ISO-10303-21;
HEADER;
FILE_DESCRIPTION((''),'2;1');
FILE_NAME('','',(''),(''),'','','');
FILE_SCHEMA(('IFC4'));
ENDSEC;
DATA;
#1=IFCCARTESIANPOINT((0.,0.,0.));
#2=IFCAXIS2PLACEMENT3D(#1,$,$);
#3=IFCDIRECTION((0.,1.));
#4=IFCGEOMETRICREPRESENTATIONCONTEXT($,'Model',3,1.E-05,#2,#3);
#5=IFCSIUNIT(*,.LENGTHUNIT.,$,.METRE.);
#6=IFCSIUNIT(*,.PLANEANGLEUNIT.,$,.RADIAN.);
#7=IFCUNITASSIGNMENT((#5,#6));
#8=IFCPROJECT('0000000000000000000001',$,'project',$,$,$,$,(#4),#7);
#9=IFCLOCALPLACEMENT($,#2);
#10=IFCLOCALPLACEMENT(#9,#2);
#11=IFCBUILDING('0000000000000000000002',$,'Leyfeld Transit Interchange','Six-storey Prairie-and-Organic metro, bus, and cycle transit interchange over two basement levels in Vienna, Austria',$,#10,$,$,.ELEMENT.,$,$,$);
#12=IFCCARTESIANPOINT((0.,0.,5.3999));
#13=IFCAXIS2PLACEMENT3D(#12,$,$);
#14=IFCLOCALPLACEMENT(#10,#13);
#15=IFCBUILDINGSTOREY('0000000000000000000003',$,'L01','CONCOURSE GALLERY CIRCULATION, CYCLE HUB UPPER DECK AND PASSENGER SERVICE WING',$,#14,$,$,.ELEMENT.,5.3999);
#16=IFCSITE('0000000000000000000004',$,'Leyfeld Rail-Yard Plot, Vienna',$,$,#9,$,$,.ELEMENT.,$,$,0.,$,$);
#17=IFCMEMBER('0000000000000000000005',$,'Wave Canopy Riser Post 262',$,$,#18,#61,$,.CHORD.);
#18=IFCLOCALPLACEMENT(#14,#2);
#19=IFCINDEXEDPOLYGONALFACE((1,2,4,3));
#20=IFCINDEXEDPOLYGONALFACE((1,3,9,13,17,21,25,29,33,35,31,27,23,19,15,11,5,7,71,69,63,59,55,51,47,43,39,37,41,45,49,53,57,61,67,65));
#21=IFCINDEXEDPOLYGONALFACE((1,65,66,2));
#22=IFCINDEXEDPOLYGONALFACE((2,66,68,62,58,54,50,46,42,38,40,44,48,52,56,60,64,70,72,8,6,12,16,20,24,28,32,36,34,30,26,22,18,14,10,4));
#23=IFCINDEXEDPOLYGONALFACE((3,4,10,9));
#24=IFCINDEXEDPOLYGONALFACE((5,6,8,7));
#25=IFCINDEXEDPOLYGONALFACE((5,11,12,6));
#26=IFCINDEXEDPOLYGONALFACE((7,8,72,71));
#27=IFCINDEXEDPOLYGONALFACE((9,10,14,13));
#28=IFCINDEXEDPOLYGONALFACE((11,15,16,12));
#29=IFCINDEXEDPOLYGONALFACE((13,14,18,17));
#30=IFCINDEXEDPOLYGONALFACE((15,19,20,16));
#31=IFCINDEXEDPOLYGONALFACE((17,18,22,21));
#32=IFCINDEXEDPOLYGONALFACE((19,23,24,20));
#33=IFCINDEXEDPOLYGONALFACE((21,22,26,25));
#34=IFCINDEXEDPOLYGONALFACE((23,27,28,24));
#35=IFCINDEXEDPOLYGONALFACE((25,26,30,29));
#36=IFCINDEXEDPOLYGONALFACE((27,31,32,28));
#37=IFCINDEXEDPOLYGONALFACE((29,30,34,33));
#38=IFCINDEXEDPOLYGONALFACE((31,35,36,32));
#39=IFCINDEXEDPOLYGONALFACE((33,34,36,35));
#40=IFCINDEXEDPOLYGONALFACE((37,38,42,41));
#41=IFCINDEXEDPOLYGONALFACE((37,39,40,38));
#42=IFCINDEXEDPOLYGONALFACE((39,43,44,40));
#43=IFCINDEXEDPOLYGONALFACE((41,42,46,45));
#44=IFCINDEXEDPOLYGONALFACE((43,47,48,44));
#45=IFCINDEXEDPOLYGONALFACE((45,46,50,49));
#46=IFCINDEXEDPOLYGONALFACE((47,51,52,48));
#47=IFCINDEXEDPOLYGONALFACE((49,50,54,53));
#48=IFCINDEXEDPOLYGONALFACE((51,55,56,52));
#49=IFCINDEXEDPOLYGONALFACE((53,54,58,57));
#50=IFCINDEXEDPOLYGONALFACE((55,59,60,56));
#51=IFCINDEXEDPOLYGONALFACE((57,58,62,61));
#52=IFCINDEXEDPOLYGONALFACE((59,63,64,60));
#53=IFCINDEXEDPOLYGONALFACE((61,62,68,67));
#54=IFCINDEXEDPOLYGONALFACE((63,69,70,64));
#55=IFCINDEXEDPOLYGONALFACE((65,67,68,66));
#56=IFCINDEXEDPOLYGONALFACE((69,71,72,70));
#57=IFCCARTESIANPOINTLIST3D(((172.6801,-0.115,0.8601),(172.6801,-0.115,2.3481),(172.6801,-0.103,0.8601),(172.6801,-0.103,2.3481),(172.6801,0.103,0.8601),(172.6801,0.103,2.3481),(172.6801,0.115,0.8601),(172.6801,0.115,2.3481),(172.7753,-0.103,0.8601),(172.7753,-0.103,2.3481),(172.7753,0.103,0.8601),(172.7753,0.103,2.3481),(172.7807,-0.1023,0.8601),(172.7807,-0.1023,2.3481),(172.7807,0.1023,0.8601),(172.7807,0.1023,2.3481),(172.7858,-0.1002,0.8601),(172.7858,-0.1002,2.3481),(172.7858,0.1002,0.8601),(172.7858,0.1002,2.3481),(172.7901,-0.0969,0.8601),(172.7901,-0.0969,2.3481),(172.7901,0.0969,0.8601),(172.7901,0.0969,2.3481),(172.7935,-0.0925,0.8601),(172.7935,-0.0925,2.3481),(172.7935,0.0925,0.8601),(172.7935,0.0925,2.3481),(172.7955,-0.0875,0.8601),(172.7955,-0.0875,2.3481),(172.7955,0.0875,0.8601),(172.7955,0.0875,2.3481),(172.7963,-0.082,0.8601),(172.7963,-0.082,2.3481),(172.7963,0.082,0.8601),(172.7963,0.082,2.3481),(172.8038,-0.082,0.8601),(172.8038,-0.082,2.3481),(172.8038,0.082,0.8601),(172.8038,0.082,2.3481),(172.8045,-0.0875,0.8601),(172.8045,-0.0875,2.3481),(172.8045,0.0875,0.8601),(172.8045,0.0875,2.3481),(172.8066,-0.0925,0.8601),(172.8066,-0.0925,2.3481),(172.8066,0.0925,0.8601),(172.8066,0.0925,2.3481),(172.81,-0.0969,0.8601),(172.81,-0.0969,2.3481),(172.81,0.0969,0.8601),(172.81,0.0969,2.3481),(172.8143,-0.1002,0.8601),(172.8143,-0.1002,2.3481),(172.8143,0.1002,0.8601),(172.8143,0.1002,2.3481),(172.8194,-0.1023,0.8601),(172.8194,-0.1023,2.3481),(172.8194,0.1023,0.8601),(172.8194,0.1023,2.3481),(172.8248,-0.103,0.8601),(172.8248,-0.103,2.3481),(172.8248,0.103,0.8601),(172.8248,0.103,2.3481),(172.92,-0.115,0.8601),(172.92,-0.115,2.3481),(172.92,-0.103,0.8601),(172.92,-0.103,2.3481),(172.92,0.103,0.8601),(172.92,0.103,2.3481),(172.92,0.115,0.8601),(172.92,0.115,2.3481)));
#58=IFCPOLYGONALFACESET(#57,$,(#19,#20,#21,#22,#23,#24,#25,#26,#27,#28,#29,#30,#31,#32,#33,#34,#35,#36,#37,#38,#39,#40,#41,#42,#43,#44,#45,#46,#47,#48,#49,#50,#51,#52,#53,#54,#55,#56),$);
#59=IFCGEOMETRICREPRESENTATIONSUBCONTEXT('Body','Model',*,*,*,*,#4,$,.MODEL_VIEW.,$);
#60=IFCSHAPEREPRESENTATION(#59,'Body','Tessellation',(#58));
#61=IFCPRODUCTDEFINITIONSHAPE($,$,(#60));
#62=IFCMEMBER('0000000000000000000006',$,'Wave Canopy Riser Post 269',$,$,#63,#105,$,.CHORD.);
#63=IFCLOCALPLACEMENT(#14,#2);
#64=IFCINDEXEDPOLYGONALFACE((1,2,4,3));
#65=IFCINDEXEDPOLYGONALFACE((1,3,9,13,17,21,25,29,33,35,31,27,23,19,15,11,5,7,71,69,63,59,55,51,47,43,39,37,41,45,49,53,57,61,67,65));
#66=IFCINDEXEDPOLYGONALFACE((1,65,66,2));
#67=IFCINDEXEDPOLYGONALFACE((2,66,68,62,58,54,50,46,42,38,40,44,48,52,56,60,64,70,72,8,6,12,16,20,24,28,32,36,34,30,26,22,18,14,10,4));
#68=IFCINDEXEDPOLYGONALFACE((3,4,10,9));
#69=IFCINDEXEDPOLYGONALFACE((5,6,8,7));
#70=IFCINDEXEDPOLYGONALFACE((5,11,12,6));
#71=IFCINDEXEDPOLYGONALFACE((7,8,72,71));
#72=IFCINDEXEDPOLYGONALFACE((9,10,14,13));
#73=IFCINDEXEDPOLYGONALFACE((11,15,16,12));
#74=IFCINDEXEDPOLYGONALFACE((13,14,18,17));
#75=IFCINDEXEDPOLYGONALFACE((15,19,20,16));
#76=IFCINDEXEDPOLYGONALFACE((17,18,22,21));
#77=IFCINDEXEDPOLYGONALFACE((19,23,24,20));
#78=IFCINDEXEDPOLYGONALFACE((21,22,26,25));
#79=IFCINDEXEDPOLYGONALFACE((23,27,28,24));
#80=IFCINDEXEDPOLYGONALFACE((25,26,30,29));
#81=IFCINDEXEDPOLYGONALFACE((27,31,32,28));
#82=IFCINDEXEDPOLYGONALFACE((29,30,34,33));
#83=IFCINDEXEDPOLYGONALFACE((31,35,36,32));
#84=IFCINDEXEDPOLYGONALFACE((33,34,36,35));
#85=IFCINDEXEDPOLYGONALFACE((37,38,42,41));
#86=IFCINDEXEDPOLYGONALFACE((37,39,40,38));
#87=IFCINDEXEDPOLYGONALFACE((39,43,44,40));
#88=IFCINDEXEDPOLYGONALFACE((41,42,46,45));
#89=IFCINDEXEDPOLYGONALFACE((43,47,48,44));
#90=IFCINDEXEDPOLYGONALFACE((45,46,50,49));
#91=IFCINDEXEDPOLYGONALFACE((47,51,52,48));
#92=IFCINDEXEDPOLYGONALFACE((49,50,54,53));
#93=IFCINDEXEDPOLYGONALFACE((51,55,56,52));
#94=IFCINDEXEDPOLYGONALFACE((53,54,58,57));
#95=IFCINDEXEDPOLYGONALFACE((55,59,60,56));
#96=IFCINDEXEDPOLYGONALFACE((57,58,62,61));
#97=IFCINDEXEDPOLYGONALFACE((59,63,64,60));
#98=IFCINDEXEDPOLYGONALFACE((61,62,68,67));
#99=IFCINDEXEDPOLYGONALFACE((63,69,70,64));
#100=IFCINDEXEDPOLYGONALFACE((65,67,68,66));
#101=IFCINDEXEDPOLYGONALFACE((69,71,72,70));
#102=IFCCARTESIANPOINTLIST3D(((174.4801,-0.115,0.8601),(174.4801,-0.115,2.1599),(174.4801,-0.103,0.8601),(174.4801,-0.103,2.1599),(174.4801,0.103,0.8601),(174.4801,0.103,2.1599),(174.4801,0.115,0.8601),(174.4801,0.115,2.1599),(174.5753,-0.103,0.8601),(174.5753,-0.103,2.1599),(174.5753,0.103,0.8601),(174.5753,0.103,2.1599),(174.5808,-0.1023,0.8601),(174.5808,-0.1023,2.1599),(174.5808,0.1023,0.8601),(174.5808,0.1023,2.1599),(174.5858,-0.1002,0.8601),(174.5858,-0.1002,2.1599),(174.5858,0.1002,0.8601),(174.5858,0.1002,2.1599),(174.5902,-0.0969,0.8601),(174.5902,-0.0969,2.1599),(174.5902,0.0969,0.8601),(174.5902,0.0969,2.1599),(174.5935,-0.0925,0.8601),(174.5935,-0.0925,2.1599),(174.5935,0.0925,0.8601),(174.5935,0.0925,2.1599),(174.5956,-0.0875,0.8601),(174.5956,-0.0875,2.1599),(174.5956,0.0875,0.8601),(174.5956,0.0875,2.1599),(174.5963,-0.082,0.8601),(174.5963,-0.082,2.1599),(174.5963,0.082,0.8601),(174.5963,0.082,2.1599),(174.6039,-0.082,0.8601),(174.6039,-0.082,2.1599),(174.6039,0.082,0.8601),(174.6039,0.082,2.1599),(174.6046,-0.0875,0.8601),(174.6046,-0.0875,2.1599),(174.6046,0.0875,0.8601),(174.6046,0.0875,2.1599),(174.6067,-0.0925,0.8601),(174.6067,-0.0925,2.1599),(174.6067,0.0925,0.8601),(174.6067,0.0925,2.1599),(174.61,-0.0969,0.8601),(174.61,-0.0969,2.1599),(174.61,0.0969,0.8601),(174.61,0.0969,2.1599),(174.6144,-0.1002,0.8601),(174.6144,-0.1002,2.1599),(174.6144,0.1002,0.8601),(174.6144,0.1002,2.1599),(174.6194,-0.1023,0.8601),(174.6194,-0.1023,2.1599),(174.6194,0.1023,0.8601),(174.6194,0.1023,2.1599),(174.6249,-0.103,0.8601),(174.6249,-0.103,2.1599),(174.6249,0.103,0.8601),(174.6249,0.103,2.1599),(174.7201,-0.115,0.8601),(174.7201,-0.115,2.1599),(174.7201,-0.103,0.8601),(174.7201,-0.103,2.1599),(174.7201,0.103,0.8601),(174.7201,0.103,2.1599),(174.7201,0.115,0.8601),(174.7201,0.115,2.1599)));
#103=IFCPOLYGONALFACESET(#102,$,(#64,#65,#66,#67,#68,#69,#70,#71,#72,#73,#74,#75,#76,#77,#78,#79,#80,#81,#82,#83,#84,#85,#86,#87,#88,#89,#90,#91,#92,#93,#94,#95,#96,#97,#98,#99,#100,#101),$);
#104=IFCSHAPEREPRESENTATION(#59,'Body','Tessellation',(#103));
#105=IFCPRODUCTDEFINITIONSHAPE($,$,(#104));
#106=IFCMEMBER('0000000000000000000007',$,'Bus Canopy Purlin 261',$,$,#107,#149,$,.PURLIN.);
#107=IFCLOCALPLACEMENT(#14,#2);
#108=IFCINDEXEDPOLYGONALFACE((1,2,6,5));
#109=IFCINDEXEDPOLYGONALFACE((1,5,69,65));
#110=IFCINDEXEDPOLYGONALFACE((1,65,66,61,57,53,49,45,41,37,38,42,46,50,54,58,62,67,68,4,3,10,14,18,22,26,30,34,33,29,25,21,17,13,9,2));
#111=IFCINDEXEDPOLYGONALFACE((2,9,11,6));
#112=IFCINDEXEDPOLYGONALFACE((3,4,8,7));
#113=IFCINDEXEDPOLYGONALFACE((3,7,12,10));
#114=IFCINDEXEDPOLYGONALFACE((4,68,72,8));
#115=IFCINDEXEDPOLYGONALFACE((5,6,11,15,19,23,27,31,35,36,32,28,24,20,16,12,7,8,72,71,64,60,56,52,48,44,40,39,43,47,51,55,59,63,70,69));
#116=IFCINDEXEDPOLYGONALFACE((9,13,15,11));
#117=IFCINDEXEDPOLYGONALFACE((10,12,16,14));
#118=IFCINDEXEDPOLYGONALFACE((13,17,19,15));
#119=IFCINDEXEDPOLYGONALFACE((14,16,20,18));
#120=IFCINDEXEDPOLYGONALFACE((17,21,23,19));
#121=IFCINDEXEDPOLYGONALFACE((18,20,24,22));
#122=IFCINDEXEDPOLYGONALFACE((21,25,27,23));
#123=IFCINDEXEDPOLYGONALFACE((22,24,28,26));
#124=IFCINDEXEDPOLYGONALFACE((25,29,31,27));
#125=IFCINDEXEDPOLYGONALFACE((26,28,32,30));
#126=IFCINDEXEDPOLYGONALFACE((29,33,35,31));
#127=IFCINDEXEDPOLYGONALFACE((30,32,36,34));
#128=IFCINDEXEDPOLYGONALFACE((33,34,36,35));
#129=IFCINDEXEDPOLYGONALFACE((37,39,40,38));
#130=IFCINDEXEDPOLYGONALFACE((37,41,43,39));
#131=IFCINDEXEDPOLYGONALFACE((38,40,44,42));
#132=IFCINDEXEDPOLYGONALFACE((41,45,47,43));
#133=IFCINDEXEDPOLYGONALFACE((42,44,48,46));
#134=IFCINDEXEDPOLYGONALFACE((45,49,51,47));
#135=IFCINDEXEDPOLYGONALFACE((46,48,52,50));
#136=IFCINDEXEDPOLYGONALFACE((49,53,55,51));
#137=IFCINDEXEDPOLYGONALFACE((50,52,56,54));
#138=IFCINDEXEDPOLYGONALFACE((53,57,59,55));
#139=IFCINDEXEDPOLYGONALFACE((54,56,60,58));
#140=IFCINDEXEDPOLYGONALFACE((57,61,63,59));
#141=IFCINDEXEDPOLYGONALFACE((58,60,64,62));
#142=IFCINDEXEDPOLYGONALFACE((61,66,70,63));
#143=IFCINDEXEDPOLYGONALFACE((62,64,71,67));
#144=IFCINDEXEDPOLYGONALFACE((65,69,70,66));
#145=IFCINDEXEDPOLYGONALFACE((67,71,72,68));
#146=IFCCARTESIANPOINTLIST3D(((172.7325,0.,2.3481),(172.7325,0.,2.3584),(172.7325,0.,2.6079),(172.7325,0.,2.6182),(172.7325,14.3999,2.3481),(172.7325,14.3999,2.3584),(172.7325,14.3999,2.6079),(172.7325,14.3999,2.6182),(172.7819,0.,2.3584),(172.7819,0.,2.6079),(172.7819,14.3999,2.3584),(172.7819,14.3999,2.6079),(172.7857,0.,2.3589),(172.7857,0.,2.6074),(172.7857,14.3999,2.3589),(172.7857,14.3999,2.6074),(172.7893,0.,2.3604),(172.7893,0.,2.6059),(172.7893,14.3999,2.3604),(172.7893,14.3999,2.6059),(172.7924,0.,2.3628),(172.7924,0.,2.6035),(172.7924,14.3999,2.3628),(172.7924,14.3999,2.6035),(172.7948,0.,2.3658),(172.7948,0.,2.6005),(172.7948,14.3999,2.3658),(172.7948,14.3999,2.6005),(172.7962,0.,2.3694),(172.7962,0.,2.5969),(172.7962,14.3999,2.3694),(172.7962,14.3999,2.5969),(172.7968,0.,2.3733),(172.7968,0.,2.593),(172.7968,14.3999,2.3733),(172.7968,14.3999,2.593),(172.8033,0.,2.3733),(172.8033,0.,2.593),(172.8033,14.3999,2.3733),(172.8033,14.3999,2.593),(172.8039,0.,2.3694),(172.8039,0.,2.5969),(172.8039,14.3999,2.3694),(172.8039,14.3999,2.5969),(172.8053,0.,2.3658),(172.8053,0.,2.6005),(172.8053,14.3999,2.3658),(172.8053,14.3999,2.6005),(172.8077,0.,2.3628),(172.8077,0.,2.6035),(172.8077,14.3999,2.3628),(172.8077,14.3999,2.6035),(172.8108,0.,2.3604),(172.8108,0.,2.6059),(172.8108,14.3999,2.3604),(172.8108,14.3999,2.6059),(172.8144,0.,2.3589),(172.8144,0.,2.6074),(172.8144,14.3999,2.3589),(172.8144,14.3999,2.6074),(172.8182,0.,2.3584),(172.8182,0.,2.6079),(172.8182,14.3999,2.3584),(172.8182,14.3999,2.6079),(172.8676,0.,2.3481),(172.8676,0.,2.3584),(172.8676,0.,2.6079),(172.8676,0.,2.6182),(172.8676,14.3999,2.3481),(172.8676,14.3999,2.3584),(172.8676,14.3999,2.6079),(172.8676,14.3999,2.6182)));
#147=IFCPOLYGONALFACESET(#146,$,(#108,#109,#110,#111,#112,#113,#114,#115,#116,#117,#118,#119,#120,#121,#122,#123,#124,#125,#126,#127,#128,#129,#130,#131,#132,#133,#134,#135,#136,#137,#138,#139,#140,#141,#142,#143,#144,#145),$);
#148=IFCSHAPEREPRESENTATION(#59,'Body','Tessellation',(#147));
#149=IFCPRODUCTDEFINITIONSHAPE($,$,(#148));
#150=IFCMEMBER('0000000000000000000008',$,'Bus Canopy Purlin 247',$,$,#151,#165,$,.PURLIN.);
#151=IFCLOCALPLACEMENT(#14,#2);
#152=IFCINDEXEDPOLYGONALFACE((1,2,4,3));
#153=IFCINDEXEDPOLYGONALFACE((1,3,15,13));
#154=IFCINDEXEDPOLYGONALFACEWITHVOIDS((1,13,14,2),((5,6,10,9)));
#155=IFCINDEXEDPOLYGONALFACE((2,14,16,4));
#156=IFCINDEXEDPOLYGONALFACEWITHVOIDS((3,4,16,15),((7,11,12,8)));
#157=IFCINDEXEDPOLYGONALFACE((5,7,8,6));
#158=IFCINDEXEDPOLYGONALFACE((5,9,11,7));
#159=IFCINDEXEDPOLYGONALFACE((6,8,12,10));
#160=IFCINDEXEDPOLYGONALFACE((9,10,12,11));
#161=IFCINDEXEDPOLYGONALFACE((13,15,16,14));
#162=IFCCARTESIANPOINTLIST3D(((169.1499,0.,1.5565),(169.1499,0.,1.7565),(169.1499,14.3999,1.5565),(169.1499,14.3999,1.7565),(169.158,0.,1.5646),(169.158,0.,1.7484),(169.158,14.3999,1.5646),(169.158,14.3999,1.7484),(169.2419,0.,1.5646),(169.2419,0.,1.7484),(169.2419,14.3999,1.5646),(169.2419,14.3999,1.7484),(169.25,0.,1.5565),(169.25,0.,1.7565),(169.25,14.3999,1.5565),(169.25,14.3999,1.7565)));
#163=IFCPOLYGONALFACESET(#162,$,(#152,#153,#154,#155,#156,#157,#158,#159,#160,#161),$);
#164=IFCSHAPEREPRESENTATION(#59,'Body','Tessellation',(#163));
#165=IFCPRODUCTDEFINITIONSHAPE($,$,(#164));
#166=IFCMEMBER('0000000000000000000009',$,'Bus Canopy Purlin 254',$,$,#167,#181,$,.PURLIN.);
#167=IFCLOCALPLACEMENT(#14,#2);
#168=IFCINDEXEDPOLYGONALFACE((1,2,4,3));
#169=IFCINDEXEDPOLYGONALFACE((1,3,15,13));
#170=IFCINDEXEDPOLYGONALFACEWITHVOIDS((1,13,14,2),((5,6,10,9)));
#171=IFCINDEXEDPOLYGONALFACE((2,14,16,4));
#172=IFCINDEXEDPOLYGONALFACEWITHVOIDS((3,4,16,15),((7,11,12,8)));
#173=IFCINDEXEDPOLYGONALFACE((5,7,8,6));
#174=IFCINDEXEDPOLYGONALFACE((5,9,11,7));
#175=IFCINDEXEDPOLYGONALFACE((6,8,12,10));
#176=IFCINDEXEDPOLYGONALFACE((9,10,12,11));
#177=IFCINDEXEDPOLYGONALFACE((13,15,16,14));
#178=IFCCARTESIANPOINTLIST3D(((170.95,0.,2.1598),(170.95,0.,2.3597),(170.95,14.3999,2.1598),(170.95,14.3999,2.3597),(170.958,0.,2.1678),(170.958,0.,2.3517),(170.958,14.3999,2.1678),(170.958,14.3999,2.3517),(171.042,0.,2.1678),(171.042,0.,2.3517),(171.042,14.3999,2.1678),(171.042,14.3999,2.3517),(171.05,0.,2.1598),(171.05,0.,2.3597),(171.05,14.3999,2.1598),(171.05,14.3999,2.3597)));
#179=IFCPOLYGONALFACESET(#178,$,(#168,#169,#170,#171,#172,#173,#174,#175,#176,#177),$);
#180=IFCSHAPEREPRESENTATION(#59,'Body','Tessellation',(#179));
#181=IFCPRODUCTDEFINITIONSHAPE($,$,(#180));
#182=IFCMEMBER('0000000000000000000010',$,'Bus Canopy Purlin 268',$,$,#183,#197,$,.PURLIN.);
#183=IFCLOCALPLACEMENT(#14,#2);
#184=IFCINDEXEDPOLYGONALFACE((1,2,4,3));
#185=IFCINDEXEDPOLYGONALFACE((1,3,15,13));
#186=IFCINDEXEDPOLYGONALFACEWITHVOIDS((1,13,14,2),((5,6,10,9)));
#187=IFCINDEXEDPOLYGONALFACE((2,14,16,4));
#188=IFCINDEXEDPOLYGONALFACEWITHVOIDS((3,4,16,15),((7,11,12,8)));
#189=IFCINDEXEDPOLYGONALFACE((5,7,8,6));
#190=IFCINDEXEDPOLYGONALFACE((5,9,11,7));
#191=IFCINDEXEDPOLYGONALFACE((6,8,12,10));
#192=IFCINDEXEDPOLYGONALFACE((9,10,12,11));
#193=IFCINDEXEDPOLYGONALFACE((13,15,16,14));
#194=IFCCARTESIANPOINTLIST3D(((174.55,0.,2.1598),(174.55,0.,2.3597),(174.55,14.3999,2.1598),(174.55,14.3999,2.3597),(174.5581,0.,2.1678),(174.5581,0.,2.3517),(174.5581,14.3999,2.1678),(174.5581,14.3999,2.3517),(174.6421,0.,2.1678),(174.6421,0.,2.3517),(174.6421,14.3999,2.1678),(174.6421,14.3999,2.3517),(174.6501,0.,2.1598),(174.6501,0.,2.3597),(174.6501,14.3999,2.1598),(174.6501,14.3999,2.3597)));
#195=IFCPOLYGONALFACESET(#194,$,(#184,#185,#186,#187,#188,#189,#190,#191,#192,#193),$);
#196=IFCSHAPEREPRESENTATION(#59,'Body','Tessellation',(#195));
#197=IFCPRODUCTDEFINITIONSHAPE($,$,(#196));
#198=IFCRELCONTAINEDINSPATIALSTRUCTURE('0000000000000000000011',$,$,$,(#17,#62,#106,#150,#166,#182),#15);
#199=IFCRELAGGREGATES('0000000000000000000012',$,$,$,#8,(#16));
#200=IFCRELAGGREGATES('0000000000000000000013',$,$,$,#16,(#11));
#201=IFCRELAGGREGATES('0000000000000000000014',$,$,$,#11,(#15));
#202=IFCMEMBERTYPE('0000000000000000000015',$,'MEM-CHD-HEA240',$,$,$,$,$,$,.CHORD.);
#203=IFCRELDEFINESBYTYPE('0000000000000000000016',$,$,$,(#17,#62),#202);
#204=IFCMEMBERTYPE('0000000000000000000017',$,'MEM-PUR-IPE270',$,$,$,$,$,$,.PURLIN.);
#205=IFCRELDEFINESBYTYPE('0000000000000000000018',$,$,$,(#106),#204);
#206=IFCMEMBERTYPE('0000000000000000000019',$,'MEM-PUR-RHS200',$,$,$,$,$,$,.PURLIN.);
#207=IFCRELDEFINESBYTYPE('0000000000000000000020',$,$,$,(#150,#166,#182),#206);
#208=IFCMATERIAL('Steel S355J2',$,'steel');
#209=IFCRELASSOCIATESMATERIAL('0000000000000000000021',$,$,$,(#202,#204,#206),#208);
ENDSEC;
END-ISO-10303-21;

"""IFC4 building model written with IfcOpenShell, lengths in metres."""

from ifc_helpers import new_model, si_unit, direction, frame, origin, origin_2d, place, context, subcontext, project, spatial, hollow_rectangle, i_section, extrude, material, material_profile, profile_set, type_object, element, save


model = new_model("IFC4")

# Units and contexts
model_context = context("Model", 3, precision=1e-05, world=origin(), true_north=direction((0.0, 1.0)))
body_context = subcontext(model_context, "Body", "Model", "MODEL_VIEW")
ifc_project = project(units=[si_unit("LENGTHUNIT", "METRE"), si_unit("PLANEANGLEUNIT", "RADIAN")], contexts=[model_context])

# Site, building, storey
site_placement = place(None, origin())
site = spatial("IfcSite", under=ifc_project, at=site_placement, Name="Leyfeld Rail-Yard Plot, Vienna", CompositionType="ELEMENT", RefElevation=0.0)
building_placement = place(site_placement, origin())
building = spatial("IfcBuilding", under=site, at=building_placement, Name="Leyfeld Transit Interchange", Description="Six-storey Prairie-and-Organic metro, bus, and cycle transit interchange over two basement levels in Vienna, Austria", CompositionType="ELEMENT")
storey_placement = place(building_placement, frame((0.0, 0.0, 5.3999)))
storey = spatial("IfcBuildingStorey", under=building, at=storey_placement, Name="L01", Description="CONCOURSE GALLERY CIRCULATION, CYCLE HUB UPPER DECK AND PASSENGER SERVICE WING", CompositionType="ELEMENT", Elevation=5.3999)

# Shared definitions
ifc_material_1 = material(Name="Steel S355J2", Category="steel")

# Members
ifc_material_profile_1 = material_profile(ifc_material_1, i_section(OverallWidth=0.24, OverallDepth=0.23, WebThickness=0.0076, FlangeThickness=0.012, FilletRadius=0.021, at=origin_2d()), Name="HEA 240")
ifc_profile_set_1 = profile_set([ifc_material_profile_1], Name="Steel S355J2")
member_type_1 = type_object("IfcMemberType", Name="MEM-CHD-HEA240", PredefinedType="CHORD", material=ifc_profile_set_1)
member_1_placement = place(storey_placement, frame((172.8, 0.0, 0.8601), z_axis=(0.0, 0.0, 1.0), x_axis=(1.0, 0.0, 0.0)))
element("IfcMember", 1, at=member_1_placement, inside=storey, type_object=member_type_1, Name="Wave Canopy Riser Post 262", PredefinedType="CHORD", context=body_context, shape_type="SweptSolid", body=[
    extrude(i_section(OverallWidth=0.24, OverallDepth=0.23, WebThickness=0.0076, FlangeThickness=0.012, FilletRadius=0.021, at=origin_2d()), origin(), (0.0, 0.0, 1.0), 1.488),
])
member_2_placement = place(storey_placement, frame((174.6001, 0.0, 0.8601), z_axis=(0.0, 0.0, 1.0), x_axis=(1.0, 0.0, 0.0)))
element("IfcMember", 2, at=member_2_placement, inside=storey, type_object=member_type_1, Name="Wave Canopy Riser Post 269", PredefinedType="CHORD", context=body_context, shape_type="SweptSolid", body=[
    extrude(i_section(OverallWidth=0.24, OverallDepth=0.23, WebThickness=0.0076, FlangeThickness=0.012, FilletRadius=0.021, at=origin_2d()), origin(), (0.0, 0.0, 1.0), 1.2998),
])
ifc_material_profile_2 = material_profile(ifc_material_1, i_section(OverallWidth=0.135, OverallDepth=0.27, WebThickness=0.0066, FlangeThickness=0.0103, FilletRadius=0.0149, at=origin_2d()), Name="IPE 270")
ifc_profile_set_2 = profile_set([ifc_material_profile_2], Name="Steel S355J2")
member_type_2 = type_object("IfcMemberType", Name="MEM-PUR-IPE270", PredefinedType="PURLIN", material=ifc_profile_set_2)
member_3_placement = place(storey_placement, frame((172.8, 0.0, 2.4832), z_axis=(0.0, 1.0, 0.0), x_axis=(-1.0, 0.0, 0.0)))
element("IfcMember", 3, at=member_3_placement, inside=storey, type_object=member_type_2, Name="Bus Canopy Purlin 261", PredefinedType="PURLIN", context=body_context, shape_type="SweptSolid", body=[
    extrude(i_section(OverallWidth=0.135, OverallDepth=0.27, WebThickness=0.0066, FlangeThickness=0.0103, FilletRadius=0.0149, at=origin_2d()), origin(), (0.0, 0.0, 1.0), 14.3999),
])
ifc_material_profile_3 = material_profile(ifc_material_1, hollow_rectangle(XDim=0.1001, YDim=0.2, WallThickness=0.0081, at=origin_2d()), Name="RHS 200x100x8")
ifc_profile_set_3 = profile_set([ifc_material_profile_3], Name="Steel S355J2")
member_type_3 = type_object("IfcMemberType", Name="MEM-PUR-RHS200", PredefinedType="PURLIN", material=ifc_profile_set_3)
for number, where, z_axis, x_axis, name in (
    (4, (169.2, 0.0, 1.6565), (0.0, 1.0, 0.0), (-1.0, 0.0, 0.0), "Bus Canopy Purlin 247"),
    (5, (171.0, 0.0, 2.2598), (0.0, 1.0, 0.0), (-1.0, 0.0, 0.0), "Bus Canopy Purlin 254"),
    (6, (174.6001, 0.0, 2.2598), (0.0, 1.0, 0.0), (-1.0, 0.0, 0.0), "Bus Canopy Purlin 268"),
):
    element("IfcMember", number, at=place(storey_placement, frame(where, z_axis=z_axis, x_axis=x_axis)), inside=storey, type_object=member_type_3, Name=name, PredefinedType="PURLIN", context=body_context, shape_type="SweptSolid", body=[
        extrude(hollow_rectangle(XDim=0.1001, YDim=0.2, WallThickness=0.0081, at=origin_2d()), origin(), (0.0, 0.0, 1.0), 14.3999),
    ])

save(model, "model.ifc")
